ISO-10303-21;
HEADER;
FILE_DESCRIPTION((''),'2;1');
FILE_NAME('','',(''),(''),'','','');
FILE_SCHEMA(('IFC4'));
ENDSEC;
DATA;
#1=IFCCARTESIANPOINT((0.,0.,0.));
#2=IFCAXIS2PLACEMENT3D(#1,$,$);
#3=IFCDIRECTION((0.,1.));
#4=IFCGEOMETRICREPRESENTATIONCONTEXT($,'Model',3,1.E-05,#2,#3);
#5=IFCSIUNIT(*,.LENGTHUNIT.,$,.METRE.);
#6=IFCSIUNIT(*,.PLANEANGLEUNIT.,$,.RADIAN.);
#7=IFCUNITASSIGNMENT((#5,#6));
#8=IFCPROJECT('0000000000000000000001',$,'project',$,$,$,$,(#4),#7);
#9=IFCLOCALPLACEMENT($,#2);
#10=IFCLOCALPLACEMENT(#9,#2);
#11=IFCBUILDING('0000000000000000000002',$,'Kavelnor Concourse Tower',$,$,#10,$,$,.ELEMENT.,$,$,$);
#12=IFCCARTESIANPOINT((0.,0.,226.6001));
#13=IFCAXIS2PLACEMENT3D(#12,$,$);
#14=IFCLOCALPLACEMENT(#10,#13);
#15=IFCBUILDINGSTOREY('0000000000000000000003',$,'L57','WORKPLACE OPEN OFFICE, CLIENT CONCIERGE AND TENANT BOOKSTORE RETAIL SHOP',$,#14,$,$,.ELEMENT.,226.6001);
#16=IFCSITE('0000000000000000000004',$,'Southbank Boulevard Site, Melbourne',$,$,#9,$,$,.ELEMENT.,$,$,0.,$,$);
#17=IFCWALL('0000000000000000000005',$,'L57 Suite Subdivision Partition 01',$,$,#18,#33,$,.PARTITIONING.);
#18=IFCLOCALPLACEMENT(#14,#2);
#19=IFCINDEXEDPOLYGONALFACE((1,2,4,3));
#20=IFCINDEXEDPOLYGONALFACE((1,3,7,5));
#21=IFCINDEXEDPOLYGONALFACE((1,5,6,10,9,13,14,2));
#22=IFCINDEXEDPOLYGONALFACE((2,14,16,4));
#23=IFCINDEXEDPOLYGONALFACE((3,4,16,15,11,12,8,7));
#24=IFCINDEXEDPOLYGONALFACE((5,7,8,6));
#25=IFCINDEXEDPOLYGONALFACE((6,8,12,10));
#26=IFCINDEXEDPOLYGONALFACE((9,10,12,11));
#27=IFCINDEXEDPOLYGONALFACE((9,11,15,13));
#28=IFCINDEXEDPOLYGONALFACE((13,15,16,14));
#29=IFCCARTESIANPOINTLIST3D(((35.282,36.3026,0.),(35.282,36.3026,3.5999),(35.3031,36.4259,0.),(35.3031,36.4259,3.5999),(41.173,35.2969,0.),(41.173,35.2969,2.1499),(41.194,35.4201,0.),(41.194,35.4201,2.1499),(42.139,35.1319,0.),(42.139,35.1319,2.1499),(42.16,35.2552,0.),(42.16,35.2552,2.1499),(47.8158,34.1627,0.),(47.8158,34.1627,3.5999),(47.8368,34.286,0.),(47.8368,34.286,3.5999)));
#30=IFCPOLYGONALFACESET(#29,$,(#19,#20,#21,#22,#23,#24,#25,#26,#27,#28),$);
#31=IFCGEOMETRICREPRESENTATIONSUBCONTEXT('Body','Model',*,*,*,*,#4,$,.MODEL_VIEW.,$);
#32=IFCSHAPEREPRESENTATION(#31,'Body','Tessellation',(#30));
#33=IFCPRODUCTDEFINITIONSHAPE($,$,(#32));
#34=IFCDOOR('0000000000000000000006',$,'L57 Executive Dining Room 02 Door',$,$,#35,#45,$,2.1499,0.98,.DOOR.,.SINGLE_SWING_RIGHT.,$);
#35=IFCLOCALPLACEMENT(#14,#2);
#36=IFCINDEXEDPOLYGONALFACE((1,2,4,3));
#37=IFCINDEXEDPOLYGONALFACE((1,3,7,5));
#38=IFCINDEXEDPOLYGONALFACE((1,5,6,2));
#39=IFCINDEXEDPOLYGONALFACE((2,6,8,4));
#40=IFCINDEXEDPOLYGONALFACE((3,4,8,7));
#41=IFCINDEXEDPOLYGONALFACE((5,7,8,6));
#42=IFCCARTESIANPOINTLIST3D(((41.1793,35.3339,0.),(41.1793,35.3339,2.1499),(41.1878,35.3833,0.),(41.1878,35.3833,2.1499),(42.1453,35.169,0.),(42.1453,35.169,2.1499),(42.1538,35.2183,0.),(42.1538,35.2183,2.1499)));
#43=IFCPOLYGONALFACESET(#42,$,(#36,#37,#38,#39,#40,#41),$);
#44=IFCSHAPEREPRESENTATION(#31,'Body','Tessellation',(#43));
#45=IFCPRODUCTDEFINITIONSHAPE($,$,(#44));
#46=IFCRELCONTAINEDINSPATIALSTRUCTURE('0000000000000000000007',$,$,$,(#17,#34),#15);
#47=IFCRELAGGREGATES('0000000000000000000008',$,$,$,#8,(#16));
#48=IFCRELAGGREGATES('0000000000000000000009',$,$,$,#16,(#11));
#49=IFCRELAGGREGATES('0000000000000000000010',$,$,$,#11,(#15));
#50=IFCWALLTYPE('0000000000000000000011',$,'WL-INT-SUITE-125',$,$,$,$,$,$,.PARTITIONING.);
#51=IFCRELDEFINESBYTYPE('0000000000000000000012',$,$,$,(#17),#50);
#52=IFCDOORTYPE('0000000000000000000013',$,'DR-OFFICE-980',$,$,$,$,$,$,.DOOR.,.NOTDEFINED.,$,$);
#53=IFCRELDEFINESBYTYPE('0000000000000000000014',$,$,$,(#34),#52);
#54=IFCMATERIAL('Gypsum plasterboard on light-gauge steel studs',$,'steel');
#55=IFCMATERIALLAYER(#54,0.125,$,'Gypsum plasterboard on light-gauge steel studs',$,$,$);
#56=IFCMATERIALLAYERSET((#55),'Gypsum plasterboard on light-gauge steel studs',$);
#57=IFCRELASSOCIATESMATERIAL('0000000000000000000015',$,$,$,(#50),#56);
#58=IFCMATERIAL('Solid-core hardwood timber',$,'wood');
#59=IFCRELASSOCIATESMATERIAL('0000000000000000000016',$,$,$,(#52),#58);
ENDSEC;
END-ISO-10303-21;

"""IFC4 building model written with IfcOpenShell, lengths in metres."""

from ifc_helpers import new_model, si_unit, direction, frame, frame_2d, origin, place, context, subcontext, project, spatial, rectangle, extrude, material, layer, layer_set, type_object, element, fill, save


model = new_model("IFC4")

# Units and contexts
model_context = context("Model", 3, precision=1e-05, world=origin(), true_north=direction((0.0, 1.0)))
body_context = subcontext(model_context, "Body", "Model", "MODEL_VIEW")
ifc_project = project(units=[si_unit("LENGTHUNIT", "METRE"), si_unit("PLANEANGLEUNIT", "RADIAN")], contexts=[model_context])

# Site, building, storey
site_placement = place(None, origin())
site = spatial("IfcSite", under=ifc_project, at=site_placement, Name="Southbank Boulevard Site, Melbourne", CompositionType="ELEMENT", RefElevation=0.0)
building_placement = place(site_placement, origin())
building = spatial("IfcBuilding", under=site, at=building_placement, Name="Kavelnor Concourse Tower", CompositionType="ELEMENT")
storey_placement = place(building_placement, frame((0.0, 0.0, 226.6001)))
storey = spatial("IfcBuildingStorey", under=building, at=storey_placement, Name="L57", Description="WORKPLACE OPEN OFFICE, CLIENT CONCIERGE AND TENANT BOOKSTORE RETAIL SHOP", CompositionType="ELEMENT", Elevation=226.6001)

# Wall, opening, door
ifc_material_1 = material(Name="Gypsum plasterboard on light-gauge steel studs", Category="steel")
ifc_layer_1 = layer(ifc_material_1, 0.125, Name="Gypsum plasterboard on light-gauge steel studs")
ifc_layer_set_1 = layer_set([ifc_layer_1], Name="Gypsum plasterboard on light-gauge steel studs")
wall_type_1 = type_object("IfcWallType", Name="WL-INT-SUITE-125", PredefinedType="PARTITIONING", material=ifc_layer_set_1)
wall_1_placement = place(storey_placement, frame((47.8262, 34.2244, 0.0), z_axis=(0.0, 0.0, 1.0), x_axis=(-0.985737, 0.168296, 0.0)))
wall_1 = element("IfcWall", 1, at=wall_1_placement, inside=storey, type_object=wall_type_1, Name="L57 Suite Subdivision Partition 01", PredefinedType="PARTITIONING", context=body_context, shape_type="SweptSolid", body=[
    extrude(rectangle(XDim=12.7151, YDim=0.125, at=frame_2d((6.3574, 0.0))), origin(), (0.0, 0.0, 1.0), 3.5999),
])
opening_1_placement = place(wall_1_placement, frame((5.7588, 0.0, 0.0)))
opening_1 = element("IfcOpeningElement", 2, at=opening_1_placement, cuts=wall_1, PredefinedType="OPENING", context=body_context, shape_type="SweptSolid", body=[
    extrude(rectangle(XDim=0.98, YDim=2.1499, at=frame_2d((0.49, 1.075))), frame((0.0, 0.0725, 0.0), z_axis=(0.0, -1.0, 0.0), x_axis=(1.0, 0.0, 0.0)), (0.0, 0.0, 1.0), 0.145),
])
ifc_material_2 = material(Name="Solid-core hardwood timber", Category="wood")
door_type = type_object("IfcDoorType", Name="DR-OFFICE-980", OperationType="NOTDEFINED", PredefinedType="DOOR", material=ifc_material_2)
door_placement = place(opening_1_placement, origin())
door = element("IfcDoor", 3, at=door_placement, inside=storey, type_object=door_type, Name="L57 Executive Dining Room 02 Door", OperationType="SINGLE_SWING_RIGHT", OverallHeight=2.1499, OverallWidth=0.98, PredefinedType="DOOR", context=body_context, shape_type="SweptSolid", body=[
    extrude(rectangle(XDim=0.98, YDim=2.1499, at=frame_2d((0.49, 1.075))), frame((0.0, 0.0249, 0.0), z_axis=(0.0, -1.0, 0.0), x_axis=(1.0, 0.0, 0.0)), (0.0, 0.0, 1.0), 0.05),
])
fill(opening_1, door)

save(model, "model.ifc")
